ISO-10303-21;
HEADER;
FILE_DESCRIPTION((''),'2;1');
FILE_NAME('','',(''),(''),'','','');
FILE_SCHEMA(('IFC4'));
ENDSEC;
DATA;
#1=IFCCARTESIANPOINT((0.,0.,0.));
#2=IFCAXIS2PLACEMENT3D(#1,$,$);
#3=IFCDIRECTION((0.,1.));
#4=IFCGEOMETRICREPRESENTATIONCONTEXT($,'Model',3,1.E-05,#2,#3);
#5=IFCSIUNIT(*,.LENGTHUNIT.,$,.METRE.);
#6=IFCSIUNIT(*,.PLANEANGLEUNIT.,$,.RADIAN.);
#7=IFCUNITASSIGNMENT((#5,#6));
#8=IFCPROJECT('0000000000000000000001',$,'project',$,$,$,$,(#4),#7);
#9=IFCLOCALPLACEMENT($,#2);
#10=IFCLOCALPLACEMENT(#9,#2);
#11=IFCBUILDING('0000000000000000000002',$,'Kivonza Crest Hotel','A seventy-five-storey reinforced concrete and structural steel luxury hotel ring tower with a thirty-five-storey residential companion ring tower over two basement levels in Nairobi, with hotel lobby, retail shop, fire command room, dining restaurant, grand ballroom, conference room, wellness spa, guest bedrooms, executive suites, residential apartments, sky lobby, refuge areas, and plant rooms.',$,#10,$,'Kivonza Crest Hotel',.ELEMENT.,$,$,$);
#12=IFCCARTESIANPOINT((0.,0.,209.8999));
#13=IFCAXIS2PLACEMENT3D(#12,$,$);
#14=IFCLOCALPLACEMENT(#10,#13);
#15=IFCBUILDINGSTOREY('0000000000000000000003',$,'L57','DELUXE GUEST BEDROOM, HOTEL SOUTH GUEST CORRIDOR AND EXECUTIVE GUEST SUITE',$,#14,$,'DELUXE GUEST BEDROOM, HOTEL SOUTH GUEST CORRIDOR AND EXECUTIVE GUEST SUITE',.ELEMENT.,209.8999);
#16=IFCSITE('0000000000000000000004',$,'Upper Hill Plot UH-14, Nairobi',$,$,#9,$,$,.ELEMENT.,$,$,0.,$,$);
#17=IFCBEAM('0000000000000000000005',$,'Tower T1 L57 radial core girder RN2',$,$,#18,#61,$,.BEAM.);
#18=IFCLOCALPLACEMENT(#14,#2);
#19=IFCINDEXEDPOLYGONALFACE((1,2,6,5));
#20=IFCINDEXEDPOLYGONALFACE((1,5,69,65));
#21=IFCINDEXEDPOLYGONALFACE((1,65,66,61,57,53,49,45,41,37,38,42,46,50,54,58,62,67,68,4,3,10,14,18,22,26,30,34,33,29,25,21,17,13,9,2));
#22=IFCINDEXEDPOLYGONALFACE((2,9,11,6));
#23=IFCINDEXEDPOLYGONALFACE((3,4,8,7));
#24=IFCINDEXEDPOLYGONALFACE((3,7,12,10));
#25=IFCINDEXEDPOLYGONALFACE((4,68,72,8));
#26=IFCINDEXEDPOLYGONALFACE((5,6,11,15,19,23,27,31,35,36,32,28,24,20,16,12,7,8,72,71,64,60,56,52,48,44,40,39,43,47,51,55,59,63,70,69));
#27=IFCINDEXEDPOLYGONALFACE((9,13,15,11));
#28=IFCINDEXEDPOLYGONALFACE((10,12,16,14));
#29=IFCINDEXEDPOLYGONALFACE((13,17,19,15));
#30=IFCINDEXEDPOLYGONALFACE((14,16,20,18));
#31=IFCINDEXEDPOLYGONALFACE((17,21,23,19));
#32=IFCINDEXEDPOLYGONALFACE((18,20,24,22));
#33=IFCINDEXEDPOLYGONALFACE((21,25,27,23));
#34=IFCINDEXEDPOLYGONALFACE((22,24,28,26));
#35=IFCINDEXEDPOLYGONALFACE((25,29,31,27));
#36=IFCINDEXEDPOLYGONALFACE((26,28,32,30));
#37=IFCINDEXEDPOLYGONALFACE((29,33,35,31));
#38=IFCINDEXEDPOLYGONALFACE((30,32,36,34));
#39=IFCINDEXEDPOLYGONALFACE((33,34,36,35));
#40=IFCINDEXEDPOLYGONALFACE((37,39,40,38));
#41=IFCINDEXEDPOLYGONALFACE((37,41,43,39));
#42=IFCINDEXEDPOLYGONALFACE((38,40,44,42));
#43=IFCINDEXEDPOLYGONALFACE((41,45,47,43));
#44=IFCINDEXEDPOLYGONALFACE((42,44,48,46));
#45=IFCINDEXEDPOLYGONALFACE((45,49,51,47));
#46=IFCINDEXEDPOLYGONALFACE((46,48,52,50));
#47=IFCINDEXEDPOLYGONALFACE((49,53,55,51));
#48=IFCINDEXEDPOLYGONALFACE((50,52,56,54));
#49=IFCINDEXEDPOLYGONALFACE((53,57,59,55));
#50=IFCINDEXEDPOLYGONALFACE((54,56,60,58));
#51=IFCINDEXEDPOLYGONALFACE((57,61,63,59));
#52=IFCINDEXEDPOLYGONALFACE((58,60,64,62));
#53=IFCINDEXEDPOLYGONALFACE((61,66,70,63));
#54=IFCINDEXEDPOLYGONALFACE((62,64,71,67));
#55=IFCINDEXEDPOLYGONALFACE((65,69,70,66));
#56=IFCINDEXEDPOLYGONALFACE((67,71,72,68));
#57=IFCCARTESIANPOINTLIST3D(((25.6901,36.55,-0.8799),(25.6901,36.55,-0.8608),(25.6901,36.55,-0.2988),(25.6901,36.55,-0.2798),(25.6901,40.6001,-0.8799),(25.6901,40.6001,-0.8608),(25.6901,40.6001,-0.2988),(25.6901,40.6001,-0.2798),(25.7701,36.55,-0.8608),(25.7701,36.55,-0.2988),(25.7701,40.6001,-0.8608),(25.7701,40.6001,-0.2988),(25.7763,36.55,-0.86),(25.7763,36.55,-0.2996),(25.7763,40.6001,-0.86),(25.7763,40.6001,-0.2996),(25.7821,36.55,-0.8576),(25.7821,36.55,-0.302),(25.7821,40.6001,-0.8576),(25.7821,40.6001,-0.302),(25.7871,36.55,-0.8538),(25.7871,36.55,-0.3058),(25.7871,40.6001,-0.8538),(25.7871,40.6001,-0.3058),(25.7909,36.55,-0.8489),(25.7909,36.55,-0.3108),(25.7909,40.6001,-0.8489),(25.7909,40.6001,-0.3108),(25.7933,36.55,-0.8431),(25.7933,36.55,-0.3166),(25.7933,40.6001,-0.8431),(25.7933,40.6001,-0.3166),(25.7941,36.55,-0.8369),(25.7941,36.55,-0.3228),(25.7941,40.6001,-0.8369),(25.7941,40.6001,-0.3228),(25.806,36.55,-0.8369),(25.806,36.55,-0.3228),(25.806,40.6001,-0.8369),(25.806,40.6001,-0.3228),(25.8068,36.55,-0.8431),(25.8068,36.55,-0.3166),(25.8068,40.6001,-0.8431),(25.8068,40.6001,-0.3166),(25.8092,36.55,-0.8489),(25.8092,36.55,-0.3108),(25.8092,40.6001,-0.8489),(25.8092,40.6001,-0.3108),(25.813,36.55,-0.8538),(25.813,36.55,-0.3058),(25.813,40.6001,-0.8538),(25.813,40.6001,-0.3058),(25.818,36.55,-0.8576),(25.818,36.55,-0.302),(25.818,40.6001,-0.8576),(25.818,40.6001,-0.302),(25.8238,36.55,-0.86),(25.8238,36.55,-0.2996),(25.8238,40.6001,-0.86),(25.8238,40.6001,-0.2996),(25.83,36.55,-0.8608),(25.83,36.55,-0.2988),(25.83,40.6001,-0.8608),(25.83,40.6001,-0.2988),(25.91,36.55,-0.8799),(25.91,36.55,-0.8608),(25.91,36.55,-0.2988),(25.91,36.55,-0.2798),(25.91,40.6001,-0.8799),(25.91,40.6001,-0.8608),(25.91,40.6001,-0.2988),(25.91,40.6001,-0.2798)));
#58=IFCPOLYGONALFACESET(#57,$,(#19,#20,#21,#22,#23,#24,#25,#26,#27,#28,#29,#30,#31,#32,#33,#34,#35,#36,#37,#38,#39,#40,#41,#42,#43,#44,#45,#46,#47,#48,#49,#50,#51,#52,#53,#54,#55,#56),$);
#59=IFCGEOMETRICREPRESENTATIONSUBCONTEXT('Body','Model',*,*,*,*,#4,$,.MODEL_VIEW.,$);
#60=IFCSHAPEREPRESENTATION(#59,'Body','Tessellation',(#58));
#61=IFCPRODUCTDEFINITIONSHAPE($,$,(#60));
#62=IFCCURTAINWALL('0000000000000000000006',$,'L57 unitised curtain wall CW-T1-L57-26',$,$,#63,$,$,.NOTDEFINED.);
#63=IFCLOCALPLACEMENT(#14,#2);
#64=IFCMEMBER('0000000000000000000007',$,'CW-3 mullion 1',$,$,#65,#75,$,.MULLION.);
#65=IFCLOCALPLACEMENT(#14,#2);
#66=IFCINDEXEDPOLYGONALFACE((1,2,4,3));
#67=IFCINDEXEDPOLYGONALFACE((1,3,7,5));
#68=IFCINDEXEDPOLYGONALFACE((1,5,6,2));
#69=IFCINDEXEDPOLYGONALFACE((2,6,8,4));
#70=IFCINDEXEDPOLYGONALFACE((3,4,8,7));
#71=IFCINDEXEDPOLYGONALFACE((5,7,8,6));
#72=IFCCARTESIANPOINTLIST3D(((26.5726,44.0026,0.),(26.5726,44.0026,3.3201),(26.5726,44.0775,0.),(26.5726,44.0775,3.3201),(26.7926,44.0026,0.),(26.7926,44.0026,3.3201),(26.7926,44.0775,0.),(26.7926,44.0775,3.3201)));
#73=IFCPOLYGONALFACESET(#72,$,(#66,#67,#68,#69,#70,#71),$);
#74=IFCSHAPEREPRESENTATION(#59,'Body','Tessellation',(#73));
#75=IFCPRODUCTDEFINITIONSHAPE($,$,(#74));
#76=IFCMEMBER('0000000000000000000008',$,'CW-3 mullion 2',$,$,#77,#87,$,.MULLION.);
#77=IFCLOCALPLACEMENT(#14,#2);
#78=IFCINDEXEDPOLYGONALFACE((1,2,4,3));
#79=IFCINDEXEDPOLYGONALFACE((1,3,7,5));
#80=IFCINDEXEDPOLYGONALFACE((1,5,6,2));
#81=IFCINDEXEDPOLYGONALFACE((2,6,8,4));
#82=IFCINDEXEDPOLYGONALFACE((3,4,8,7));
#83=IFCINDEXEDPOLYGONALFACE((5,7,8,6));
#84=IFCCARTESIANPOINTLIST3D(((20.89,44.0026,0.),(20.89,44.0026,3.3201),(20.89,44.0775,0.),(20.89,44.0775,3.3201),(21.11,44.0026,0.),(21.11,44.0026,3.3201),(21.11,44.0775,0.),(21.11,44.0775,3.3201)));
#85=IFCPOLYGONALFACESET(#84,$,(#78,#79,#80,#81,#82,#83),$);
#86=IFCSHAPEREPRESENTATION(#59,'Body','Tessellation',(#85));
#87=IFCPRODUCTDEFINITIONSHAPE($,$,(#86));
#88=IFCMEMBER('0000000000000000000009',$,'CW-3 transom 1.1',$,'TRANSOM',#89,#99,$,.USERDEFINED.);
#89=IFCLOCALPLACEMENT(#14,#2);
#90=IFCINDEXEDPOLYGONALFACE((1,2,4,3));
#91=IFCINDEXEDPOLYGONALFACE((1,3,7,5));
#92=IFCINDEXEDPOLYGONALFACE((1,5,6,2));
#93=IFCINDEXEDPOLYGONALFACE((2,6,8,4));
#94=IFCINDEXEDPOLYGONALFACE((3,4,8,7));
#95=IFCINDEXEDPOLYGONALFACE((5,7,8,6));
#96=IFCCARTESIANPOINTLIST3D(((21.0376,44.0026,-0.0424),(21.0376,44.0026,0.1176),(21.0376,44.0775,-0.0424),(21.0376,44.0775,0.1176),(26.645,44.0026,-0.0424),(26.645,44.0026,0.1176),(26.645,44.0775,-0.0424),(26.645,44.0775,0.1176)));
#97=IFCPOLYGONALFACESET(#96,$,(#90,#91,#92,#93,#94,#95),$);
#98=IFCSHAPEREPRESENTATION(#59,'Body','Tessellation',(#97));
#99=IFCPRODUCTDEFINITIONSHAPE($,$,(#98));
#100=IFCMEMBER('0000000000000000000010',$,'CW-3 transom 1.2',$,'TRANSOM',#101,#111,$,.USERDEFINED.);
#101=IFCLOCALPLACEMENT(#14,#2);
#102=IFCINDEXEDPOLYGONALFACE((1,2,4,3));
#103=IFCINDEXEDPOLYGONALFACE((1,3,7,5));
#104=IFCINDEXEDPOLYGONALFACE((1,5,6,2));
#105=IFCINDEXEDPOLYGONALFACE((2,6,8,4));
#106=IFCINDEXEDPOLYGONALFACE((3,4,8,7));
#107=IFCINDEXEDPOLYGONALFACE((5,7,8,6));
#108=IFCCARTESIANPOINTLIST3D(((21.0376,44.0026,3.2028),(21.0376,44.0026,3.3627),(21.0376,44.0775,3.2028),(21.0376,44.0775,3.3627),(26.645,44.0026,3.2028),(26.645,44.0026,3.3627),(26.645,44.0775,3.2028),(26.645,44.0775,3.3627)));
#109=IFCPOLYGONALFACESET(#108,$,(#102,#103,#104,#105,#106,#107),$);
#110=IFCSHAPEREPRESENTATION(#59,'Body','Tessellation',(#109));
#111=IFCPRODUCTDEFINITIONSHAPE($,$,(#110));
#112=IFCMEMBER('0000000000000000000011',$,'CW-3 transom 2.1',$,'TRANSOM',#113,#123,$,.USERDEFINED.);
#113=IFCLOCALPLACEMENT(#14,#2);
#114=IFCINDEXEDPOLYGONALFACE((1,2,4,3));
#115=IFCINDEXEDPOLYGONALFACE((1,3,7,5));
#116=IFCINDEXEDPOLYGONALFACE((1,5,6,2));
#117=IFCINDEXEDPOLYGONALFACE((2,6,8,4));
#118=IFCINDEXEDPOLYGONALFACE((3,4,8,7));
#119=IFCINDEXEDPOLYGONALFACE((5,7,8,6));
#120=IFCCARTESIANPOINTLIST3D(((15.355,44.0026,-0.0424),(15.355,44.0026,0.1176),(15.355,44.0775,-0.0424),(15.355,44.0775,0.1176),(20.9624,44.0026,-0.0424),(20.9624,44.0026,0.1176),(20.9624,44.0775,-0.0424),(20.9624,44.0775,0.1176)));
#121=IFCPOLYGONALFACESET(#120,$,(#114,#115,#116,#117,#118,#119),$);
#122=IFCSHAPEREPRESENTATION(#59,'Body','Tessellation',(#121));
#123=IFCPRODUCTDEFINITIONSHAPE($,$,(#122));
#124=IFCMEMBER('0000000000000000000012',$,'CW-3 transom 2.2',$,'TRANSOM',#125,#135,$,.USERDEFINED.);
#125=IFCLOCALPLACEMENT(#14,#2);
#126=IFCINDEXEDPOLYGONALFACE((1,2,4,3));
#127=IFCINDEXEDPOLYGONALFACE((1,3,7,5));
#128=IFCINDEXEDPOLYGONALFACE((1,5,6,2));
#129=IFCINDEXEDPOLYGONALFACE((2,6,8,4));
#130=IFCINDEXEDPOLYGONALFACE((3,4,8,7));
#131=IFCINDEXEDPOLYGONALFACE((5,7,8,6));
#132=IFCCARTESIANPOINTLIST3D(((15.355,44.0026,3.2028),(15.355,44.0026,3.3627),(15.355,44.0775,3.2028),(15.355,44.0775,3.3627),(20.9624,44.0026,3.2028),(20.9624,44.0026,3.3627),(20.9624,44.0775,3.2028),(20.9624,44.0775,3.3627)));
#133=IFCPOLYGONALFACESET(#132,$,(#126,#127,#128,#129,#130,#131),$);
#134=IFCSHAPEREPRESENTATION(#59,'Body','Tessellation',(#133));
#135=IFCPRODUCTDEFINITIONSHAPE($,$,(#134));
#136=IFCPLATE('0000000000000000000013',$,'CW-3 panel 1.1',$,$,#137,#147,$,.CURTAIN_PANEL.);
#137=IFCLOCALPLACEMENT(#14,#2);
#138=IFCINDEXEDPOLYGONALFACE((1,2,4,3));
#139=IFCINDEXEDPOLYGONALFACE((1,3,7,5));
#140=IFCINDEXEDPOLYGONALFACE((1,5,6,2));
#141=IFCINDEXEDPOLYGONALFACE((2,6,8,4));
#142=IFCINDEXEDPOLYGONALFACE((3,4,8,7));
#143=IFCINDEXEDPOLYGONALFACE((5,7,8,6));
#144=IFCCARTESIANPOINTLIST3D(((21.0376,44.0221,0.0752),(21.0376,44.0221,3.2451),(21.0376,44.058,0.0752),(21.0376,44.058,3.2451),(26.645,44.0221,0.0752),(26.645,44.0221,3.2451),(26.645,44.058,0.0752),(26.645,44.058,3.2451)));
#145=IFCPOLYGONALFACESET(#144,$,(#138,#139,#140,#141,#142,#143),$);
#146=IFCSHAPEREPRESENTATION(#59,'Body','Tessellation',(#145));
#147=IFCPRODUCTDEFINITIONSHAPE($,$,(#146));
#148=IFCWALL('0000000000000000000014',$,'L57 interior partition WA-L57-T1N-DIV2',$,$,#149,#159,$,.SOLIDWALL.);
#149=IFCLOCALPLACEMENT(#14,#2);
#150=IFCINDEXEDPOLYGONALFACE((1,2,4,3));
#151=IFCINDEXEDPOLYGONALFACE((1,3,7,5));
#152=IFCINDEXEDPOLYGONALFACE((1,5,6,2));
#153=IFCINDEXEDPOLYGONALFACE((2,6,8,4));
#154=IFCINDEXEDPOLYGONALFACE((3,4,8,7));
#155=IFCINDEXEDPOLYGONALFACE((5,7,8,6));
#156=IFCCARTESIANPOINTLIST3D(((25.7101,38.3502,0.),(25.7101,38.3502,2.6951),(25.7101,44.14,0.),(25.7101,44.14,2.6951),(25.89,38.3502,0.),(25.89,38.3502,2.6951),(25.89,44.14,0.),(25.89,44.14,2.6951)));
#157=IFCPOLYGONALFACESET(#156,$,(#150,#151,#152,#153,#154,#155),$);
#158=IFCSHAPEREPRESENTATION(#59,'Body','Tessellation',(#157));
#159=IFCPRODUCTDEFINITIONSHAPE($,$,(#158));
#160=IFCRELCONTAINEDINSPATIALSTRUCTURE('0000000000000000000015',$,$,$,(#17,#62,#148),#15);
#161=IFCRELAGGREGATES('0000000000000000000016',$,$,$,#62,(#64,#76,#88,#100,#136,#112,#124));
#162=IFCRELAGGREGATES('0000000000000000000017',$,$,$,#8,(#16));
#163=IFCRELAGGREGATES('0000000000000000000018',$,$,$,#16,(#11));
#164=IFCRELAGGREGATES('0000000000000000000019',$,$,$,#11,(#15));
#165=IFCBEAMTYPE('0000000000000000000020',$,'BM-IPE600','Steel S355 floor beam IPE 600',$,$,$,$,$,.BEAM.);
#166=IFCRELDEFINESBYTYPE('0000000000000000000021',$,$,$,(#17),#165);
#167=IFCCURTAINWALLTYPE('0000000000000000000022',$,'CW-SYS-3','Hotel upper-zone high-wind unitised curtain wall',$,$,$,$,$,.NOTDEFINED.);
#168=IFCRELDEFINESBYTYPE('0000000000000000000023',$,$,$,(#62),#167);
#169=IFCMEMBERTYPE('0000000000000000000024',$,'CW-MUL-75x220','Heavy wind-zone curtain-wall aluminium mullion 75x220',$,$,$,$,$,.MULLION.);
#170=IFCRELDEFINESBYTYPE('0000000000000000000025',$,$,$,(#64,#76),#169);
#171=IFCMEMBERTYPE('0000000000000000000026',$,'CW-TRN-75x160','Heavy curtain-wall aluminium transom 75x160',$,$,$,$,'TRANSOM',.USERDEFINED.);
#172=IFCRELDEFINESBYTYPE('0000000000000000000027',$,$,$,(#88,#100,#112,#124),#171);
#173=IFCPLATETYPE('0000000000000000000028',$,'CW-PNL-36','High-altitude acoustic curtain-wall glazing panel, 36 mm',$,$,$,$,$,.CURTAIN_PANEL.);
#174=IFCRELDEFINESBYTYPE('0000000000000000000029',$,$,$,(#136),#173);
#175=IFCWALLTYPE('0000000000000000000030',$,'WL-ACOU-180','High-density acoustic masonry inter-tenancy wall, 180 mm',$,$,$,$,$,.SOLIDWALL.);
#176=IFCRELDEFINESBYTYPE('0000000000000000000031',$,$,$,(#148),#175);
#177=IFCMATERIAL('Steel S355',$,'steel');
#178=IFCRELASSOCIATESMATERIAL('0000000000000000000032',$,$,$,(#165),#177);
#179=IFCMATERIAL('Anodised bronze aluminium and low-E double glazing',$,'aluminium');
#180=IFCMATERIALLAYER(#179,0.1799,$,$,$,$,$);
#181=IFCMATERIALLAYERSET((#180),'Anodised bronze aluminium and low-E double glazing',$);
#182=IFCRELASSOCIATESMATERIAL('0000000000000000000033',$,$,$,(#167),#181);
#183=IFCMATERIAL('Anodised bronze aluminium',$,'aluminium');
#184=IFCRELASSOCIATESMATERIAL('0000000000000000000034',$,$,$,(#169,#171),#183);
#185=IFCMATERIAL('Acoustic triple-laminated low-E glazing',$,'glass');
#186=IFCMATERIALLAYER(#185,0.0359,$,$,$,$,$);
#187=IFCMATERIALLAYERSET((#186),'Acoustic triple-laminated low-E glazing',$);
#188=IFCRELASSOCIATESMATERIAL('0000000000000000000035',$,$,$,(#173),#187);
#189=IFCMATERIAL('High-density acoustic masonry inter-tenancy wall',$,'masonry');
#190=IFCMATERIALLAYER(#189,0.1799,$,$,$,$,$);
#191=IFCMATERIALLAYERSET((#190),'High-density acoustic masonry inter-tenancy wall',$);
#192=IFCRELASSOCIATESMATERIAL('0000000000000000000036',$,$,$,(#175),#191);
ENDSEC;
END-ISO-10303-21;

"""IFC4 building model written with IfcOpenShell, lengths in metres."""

from ifc_helpers import new_model, si_unit, direction, frame, frame_2d, origin, origin_2d, place, context, subcontext, project, spatial, rectangle, i_section, extrude, material, layer, layer_set, material_profile, profile_set, type_object, element, aggregate, save


model = new_model("IFC4")

# Units and contexts
model_context = context("Model", 3, precision=1e-05, world=origin(), true_north=direction((0.0, 1.0)))
body_context = subcontext(model_context, "Body", "Model", "MODEL_VIEW")
ifc_project = project(units=[si_unit("LENGTHUNIT", "METRE"), si_unit("PLANEANGLEUNIT", "RADIAN")], contexts=[model_context])

# Site, building, storey
site_placement = place(None, origin())
site = spatial("IfcSite", under=ifc_project, at=site_placement, Name="Upper Hill Plot UH-14, Nairobi", CompositionType="ELEMENT", RefElevation=0.0)
building_placement = place(site_placement, origin())
building = spatial("IfcBuilding", under=site, at=building_placement, Name="Kivonza Crest Hotel", Description="A seventy-five-storey reinforced concrete and structural steel luxury hotel ring tower with a thirty-five-storey residential companion ring tower over two basement levels in Nairobi, with hotel lobby, retail shop, fire command room, dining restaurant, grand ballroom, conference room, wellness spa, guest bedrooms, executive suites, residential apartments, sky lobby, refuge areas, and plant rooms.", LongName="Kivonza Crest Hotel", CompositionType="ELEMENT")
storey_placement = place(building_placement, frame((0.0, 0.0, 209.8999)))
storey = spatial("IfcBuildingStorey", under=building, at=storey_placement, Name="L57", Description="DELUXE GUEST BEDROOM, HOTEL SOUTH GUEST CORRIDOR AND EXECUTIVE GUEST SUITE", LongName="DELUXE GUEST BEDROOM, HOTEL SOUTH GUEST CORRIDOR AND EXECUTIVE GUEST SUITE", CompositionType="ELEMENT", Elevation=209.8999)

# Beam
ifc_material_1 = material(Name="Steel S355", Category="steel")
ifc_material_profile_1 = material_profile(ifc_material_1, i_section(OverallWidth=0.22, OverallDepth=0.6001, WebThickness=0.012, FlangeThickness=0.019, FilletRadius=0.0239, at=origin_2d()), Name="IPE 600")
ifc_profile_set_1 = profile_set([ifc_material_profile_1], Name="Steel S355")
beam_type_1 = type_object("IfcBeamType", Name="BM-IPE600", Description="Steel S355 floor beam IPE 600", PredefinedType="BEAM", material=ifc_profile_set_1)
beam_1_placement = place(storey_placement, frame((25.8, 40.6001, -0.5798), z_axis=(0.0, -1.0, 0.0), x_axis=(1.0, 0.0, 0.0)))
element("IfcBeam", 1, at=beam_1_placement, inside=storey, type_object=beam_type_1, Name="Tower T1 L57 radial core girder RN2", PredefinedType="BEAM", context=body_context, shape_type="SweptSolid", body=[
    extrude(i_section(OverallWidth=0.22, OverallDepth=0.6001, WebThickness=0.012, FlangeThickness=0.019, FilletRadius=0.0239, at=origin_2d()), origin(), (0.0, 0.0, 1.0), 4.05),
])

# Curtain wall, members, plate
ifc_material_2 = material(Name="Anodised bronze aluminium and low-E double glazing", Category="aluminium")
ifc_layer_1 = layer(ifc_material_2, 0.1799)
ifc_layer_set_1 = layer_set([ifc_layer_1], Name="Anodised bronze aluminium and low-E double glazing")
curtain_wall_type = type_object("IfcCurtainWallType", Name="CW-SYS-3", Description="Hotel upper-zone high-wind unitised curtain wall", PredefinedType="NOTDEFINED", material=ifc_layer_set_1)
curtain_wall_placement = place(storey_placement, origin())
curtain_wall = element("IfcCurtainWall", 2, at=curtain_wall_placement, inside=storey, type_object=curtain_wall_type, Name="L57 unitised curtain wall CW-T1-L57-26", PredefinedType="NOTDEFINED")
ifc_material_3 = material(Name="Anodised bronze aluminium", Category="aluminium")
ifc_material_profile_2 = material_profile(ifc_material_3, rectangle(XDim=0.075, YDim=0.22, at=origin_2d()), Name="CW-M 75x220")
ifc_profile_set_2 = profile_set([ifc_material_profile_2], Name="Anodised bronze aluminium")
member_type_1 = type_object("IfcMemberType", Name="CW-MUL-75x220", Description="Heavy wind-zone curtain-wall aluminium mullion 75x220", PredefinedType="MULLION", material=ifc_profile_set_2)
member_1_placement = place(storey_placement, frame((26.6826, 44.04, 0.0), z_axis=(0.0, 0.0, 1.0), x_axis=(0.0, -1.0, 0.0)))
member_1 = element("IfcMember", 3, at=member_1_placement, type_object=member_type_1, Name="CW-3 mullion 1", PredefinedType="MULLION", context=body_context, shape_type="SweptSolid", body=[
    extrude(rectangle(XDim=0.075, YDim=0.22, at=origin_2d()), origin(), (0.0, 0.0, 1.0), 3.3201),
])
member_2_placement = place(storey_placement, frame((21.0, 44.04, 0.0), z_axis=(0.0, 0.0, 1.0), x_axis=(0.0, -1.0, 0.0)))
member_2 = element("IfcMember", 4, at=member_2_placement, type_object=member_type_1, Name="CW-3 mullion 2", PredefinedType="MULLION", context=body_context, shape_type="SweptSolid", body=[
    extrude(rectangle(XDim=0.075, YDim=0.22, at=origin_2d()), origin(), (0.0, 0.0, 1.0), 3.3201),
])
ifc_material_profile_3 = material_profile(ifc_material_3, rectangle(XDim=0.075, YDim=0.1599, at=origin_2d()), Name="CW-T 75x160")
ifc_profile_set_3 = profile_set([ifc_material_profile_3], Name="Anodised bronze aluminium")
member_type_2 = type_object("IfcMemberType", Name="CW-TRN-75x160", Description="Heavy curtain-wall aluminium transom 75x160", ElementType="TRANSOM", PredefinedType="USERDEFINED", material=ifc_profile_set_3)
member_3_placement = place(storey_placement, frame((26.645, 44.04, 0.0376), z_axis=(-1.0, 0.0, 0.0), x_axis=(0.0, -1.0, 0.0)))
member_3 = element("IfcMember", 5, at=member_3_placement, type_object=member_type_2, Name="CW-3 transom 1.1", ObjectType="TRANSOM", PredefinedType="USERDEFINED", context=body_context, shape_type="SweptSolid", body=[
    extrude(rectangle(XDim=0.075, YDim=0.1599, at=origin_2d()), origin(), (0.0, 0.0, 1.0), 5.6074),
])
member_4_placement = place(storey_placement, frame((26.645, 44.04, 3.2827), z_axis=(-1.0, 0.0, 0.0), x_axis=(0.0, -1.0, 0.0)))
member_4 = element("IfcMember", 6, at=member_4_placement, type_object=member_type_2, Name="CW-3 transom 1.2", ObjectType="TRANSOM", PredefinedType="USERDEFINED", context=body_context, shape_type="SweptSolid", body=[
    extrude(rectangle(XDim=0.075, YDim=0.1599, at=origin_2d()), origin(), (0.0, 0.0, 1.0), 5.6074),
])
member_5_placement = place(storey_placement, frame((20.9624, 44.04, 0.0376), z_axis=(-1.0, 0.0, 0.0), x_axis=(0.0, -1.0, 0.0)))
member_5 = element("IfcMember", 7, at=member_5_placement, type_object=member_type_2, Name="CW-3 transom 2.1", ObjectType="TRANSOM", PredefinedType="USERDEFINED", context=body_context, shape_type="SweptSolid", body=[
    extrude(rectangle(XDim=0.075, YDim=0.1599, at=origin_2d()), origin(), (0.0, 0.0, 1.0), 5.6074),
])
member_6_placement = place(storey_placement, frame((20.9624, 44.04, 3.2827), z_axis=(-1.0, 0.0, 0.0), x_axis=(0.0, -1.0, 0.0)))
member_6 = element("IfcMember", 8, at=member_6_placement, type_object=member_type_2, Name="CW-3 transom 2.2", ObjectType="TRANSOM", PredefinedType="USERDEFINED", context=body_context, shape_type="SweptSolid", body=[
    extrude(rectangle(XDim=0.075, YDim=0.1599, at=origin_2d()), origin(), (0.0, 0.0, 1.0), 5.6074),
])
ifc_material_4 = material(Name="Acoustic triple-laminated low-E glazing", Category="glass")
ifc_layer_2 = layer(ifc_material_4, 0.0359)
ifc_layer_set_2 = layer_set([ifc_layer_2], Name="Acoustic triple-laminated low-E glazing")
plate_type = type_object("IfcPlateType", Name="CW-PNL-36", Description="High-altitude acoustic curtain-wall glazing panel, 36 mm", PredefinedType="CURTAIN_PANEL", material=ifc_layer_set_2)
plate_placement = place(storey_placement, frame((23.8413, 44.04, 0.0752), z_axis=(0.0, 0.0, 1.0), x_axis=(-1.0, 0.0, 0.0)))
plate = element("IfcPlate", 9, at=plate_placement, type_object=plate_type, Name="CW-3 panel 1.1", PredefinedType="CURTAIN_PANEL", context=body_context, shape_type="SweptSolid", body=[
    extrude(rectangle(XDim=5.6074, YDim=0.0359, at=origin_2d()), origin(), (0.0, 0.0, 1.0), 3.1699),
])
aggregate(curtain_wall, [member_1, member_2, member_3, member_4, plate, member_5, member_6])

# Wall
ifc_material_5 = material(Name="High-density acoustic masonry inter-tenancy wall", Category="masonry")
ifc_layer_3 = layer(ifc_material_5, 0.1799)
ifc_layer_set_3 = layer_set([ifc_layer_3], Name="High-density acoustic masonry inter-tenancy wall")
wall_type_1 = type_object("IfcWallType", Name="WL-ACOU-180", Description="High-density acoustic masonry inter-tenancy wall, 180 mm", PredefinedType="SOLIDWALL", material=ifc_layer_set_3)
wall_1_placement = place(storey_placement, frame((25.8, 38.3501, 0.0), z_axis=(0.0, 0.0, 1.0), x_axis=(0.0, 1.0, 0.0)))
element("IfcWall", 10, at=wall_1_placement, inside=storey, type_object=wall_type_1, Name="L57 interior partition WA-L57-T1N-DIV2", PredefinedType="SOLIDWALL", context=body_context, shape_type="SweptSolid", body=[
    extrude(rectangle(XDim=5.7898, YDim=0.1799, at=frame_2d((2.895, 0.0))), origin(), (0.0, 0.0, 1.0), 2.6951),
])

save(model, "model.ifc")
